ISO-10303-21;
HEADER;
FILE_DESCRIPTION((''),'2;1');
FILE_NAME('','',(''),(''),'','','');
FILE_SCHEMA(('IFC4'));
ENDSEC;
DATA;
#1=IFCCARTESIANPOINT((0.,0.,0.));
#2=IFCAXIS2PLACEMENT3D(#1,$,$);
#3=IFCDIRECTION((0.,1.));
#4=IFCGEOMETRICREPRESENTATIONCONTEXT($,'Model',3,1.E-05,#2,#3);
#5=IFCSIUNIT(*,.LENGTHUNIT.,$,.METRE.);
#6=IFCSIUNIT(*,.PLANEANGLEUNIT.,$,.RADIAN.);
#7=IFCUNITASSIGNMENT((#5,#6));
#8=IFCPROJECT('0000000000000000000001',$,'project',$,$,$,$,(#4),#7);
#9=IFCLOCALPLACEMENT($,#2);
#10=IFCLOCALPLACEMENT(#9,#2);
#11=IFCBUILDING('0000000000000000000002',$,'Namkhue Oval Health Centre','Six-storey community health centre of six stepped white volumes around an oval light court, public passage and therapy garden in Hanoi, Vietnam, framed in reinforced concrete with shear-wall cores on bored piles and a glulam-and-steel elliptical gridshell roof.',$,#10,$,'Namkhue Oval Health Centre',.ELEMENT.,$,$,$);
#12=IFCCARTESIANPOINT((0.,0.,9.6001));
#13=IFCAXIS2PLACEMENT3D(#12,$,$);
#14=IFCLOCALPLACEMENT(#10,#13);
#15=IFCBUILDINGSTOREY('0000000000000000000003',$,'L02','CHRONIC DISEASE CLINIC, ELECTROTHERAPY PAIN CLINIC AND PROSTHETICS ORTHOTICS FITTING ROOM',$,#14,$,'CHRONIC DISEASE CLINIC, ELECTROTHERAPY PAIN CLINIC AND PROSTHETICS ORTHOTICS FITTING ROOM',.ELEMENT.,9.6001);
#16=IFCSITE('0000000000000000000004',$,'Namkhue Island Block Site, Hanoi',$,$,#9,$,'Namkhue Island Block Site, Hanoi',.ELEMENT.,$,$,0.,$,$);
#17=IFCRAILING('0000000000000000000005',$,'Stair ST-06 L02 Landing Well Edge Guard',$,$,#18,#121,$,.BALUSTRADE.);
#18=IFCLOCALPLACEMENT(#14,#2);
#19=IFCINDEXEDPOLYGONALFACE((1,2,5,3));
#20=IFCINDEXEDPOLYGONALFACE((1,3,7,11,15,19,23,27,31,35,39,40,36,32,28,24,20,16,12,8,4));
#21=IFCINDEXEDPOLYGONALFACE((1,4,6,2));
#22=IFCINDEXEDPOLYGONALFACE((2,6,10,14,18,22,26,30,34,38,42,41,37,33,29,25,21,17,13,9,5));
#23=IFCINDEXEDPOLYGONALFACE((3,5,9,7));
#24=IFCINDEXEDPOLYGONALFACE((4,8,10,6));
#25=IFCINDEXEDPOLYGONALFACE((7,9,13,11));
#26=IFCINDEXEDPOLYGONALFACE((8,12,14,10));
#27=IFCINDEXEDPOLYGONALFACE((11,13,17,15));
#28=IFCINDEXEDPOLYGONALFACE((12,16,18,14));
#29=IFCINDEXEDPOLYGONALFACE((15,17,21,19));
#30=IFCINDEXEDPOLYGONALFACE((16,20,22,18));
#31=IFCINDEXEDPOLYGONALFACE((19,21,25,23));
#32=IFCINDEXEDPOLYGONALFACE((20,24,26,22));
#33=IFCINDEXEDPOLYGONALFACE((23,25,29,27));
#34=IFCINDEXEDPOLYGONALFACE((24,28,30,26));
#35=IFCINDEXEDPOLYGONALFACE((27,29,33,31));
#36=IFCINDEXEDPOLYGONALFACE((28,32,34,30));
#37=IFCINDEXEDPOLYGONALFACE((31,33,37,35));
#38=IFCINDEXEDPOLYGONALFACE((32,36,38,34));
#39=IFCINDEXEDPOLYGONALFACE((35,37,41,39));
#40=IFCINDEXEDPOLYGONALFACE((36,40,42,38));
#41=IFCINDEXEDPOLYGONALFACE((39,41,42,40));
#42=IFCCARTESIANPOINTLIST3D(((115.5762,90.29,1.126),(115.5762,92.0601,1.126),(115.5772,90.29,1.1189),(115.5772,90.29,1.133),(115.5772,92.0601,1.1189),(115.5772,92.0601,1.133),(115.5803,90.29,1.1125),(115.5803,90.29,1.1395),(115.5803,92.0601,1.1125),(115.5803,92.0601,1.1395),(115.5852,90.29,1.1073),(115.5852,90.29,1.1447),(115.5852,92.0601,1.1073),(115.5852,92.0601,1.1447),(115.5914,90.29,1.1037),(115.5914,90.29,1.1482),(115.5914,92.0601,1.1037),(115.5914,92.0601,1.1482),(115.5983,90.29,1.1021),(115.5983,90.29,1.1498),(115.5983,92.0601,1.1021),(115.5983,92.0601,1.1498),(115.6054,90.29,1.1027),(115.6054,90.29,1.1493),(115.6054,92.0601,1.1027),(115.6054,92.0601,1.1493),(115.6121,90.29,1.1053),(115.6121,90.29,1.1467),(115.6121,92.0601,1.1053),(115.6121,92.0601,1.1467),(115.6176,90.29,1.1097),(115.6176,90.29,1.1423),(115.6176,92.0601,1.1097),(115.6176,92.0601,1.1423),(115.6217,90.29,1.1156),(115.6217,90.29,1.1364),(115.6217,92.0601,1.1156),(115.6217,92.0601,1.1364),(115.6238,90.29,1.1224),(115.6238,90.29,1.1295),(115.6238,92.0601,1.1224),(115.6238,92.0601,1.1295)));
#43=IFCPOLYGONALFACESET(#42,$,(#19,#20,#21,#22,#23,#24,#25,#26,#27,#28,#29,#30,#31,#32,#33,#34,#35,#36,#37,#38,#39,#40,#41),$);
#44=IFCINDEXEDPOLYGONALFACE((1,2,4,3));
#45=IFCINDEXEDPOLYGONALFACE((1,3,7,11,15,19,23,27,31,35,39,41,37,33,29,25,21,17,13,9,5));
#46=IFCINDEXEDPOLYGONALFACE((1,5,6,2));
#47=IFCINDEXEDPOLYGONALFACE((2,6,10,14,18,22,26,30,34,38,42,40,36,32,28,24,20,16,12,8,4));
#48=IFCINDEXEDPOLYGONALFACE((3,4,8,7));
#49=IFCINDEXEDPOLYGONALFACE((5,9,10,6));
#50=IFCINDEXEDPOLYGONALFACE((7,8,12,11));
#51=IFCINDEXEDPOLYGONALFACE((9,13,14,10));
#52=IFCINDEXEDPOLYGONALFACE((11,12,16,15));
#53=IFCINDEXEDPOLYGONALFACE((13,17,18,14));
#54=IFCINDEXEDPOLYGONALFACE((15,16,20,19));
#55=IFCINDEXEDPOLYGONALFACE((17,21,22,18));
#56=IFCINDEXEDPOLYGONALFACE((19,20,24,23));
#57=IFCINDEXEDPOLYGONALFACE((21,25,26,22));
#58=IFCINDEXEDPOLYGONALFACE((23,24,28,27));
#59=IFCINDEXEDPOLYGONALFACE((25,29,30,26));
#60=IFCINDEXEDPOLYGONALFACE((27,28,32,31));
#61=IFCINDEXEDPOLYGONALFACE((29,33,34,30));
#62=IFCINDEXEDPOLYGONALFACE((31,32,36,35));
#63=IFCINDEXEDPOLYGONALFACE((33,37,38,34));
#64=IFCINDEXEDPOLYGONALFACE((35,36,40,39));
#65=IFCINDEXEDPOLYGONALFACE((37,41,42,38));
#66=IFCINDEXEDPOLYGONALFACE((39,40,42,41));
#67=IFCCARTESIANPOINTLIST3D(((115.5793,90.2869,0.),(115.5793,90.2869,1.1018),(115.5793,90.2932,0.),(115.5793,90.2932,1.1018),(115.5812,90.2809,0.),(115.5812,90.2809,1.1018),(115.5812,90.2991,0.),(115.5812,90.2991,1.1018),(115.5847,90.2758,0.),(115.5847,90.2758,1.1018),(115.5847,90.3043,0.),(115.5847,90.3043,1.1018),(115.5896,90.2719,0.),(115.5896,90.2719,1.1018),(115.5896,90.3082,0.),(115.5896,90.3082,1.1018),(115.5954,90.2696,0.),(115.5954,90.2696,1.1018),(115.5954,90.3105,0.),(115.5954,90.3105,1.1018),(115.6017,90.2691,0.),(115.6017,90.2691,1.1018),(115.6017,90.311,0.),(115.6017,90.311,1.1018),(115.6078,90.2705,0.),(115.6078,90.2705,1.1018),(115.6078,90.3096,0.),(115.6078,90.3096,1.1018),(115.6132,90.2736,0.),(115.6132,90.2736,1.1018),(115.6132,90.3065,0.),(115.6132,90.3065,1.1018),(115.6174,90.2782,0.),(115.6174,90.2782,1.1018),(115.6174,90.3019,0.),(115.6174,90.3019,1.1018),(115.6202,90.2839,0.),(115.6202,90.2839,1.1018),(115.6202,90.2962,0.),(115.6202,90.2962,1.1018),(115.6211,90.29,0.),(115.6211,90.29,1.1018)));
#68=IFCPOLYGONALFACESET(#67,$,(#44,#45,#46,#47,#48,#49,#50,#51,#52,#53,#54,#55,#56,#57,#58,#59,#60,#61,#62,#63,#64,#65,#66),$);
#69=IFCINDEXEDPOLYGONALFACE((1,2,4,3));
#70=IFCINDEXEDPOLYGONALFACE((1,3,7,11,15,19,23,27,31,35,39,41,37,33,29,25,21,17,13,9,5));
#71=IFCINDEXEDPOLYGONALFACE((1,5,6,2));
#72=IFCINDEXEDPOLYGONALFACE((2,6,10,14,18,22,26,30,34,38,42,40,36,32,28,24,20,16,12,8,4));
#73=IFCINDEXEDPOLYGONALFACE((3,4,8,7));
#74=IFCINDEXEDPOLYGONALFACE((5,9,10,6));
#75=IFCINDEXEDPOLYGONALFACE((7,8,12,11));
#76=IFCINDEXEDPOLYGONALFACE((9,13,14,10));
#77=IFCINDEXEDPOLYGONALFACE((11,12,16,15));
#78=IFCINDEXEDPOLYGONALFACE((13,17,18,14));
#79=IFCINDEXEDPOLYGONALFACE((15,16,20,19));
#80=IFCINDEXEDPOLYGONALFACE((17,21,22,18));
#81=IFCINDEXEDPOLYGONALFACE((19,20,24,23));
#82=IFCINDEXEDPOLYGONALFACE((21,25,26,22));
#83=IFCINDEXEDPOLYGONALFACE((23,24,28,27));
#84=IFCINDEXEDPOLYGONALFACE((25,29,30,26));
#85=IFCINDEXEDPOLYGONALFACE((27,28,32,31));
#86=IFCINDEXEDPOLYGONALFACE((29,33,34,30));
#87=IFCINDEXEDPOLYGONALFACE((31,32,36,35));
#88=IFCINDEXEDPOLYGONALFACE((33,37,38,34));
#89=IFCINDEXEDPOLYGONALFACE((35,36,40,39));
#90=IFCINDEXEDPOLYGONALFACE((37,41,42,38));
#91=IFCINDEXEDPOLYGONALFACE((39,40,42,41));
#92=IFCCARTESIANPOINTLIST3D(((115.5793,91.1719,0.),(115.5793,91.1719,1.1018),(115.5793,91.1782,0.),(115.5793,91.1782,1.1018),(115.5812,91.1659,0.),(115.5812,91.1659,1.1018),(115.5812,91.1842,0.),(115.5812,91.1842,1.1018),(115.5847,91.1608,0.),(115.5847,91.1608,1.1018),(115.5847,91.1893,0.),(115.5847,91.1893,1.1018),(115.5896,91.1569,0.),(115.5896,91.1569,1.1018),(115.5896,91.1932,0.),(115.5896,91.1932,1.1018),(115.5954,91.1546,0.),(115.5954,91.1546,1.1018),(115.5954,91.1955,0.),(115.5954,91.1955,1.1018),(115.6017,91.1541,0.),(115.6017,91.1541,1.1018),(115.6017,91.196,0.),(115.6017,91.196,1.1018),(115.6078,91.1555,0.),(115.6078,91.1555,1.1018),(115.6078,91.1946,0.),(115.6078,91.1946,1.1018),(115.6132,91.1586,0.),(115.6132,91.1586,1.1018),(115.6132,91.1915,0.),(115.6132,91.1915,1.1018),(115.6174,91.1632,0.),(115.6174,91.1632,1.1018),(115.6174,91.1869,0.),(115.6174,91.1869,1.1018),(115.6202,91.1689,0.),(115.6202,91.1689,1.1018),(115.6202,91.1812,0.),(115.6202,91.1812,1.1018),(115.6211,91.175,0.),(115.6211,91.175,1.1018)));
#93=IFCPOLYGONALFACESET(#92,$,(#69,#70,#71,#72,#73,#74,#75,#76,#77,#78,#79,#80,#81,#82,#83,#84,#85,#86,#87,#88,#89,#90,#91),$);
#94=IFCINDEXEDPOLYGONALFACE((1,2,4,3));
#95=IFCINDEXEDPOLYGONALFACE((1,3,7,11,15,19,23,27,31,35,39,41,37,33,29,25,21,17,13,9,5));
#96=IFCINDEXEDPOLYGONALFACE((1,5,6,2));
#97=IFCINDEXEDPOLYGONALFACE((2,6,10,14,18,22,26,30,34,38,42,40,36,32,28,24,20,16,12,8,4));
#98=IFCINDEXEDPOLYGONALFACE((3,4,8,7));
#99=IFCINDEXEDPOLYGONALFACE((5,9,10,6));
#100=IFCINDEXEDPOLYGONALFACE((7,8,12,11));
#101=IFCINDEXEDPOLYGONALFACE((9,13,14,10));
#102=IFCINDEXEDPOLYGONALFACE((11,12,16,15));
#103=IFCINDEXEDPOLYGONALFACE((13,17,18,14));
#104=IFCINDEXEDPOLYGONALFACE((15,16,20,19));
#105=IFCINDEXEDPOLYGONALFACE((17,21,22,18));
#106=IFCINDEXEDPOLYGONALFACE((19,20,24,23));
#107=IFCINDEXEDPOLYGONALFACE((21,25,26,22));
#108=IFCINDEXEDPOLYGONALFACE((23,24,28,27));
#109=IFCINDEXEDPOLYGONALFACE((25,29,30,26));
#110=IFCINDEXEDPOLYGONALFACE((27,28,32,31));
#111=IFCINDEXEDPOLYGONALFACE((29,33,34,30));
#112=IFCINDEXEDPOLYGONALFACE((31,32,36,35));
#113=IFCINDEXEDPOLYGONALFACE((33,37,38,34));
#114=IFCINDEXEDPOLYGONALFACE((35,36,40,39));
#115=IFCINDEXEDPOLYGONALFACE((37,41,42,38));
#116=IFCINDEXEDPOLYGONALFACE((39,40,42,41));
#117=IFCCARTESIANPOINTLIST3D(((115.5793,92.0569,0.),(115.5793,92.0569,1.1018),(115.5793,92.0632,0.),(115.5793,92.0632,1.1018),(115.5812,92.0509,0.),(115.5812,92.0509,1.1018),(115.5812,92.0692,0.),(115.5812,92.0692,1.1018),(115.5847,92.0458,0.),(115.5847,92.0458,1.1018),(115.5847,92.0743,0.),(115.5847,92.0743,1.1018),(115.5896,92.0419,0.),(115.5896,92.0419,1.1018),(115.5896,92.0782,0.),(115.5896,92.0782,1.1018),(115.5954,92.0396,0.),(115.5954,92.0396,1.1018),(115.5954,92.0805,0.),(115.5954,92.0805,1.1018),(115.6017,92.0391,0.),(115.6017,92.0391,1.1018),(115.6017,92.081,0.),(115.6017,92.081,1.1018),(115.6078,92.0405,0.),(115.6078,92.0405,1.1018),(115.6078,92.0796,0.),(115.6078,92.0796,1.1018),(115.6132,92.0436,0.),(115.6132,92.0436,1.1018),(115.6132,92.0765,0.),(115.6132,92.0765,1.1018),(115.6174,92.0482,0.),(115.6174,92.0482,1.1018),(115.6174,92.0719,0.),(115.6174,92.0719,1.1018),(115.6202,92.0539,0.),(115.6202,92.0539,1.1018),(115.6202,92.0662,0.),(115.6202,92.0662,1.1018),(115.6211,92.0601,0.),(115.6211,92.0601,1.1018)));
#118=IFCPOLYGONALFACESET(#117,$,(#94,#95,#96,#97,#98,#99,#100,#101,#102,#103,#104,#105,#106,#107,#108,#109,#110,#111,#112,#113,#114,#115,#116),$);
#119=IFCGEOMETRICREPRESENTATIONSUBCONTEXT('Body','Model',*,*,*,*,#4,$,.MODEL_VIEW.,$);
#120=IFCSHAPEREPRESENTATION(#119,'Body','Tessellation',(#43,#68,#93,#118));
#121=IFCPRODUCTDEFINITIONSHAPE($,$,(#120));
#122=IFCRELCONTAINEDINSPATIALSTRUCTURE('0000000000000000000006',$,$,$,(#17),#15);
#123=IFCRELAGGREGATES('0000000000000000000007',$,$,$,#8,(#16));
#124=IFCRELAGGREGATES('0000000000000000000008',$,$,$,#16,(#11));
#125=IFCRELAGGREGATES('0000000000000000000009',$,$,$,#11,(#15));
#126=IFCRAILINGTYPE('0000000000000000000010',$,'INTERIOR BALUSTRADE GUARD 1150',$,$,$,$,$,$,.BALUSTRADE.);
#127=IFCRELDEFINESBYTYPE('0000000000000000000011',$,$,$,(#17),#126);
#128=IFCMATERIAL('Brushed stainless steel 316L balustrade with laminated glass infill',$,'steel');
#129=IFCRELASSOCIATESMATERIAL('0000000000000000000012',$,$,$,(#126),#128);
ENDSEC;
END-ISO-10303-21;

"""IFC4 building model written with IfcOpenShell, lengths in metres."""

from ifc_helpers import new_model, si_unit, direction, frame, origin, origin_2d, place, context, subcontext, project, spatial, circle, extrude, material, type_object, element, save


model = new_model("IFC4")

# Units and contexts
model_context = context("Model", 3, precision=1e-05, world=origin(), true_north=direction((0.0, 1.0)))
body_context = subcontext(model_context, "Body", "Model", "MODEL_VIEW")
ifc_project = project(units=[si_unit("LENGTHUNIT", "METRE"), si_unit("PLANEANGLEUNIT", "RADIAN")], contexts=[model_context])

# Site, building, storey
site_placement = place(None, origin())
site = spatial("IfcSite", under=ifc_project, at=site_placement, Name="Namkhue Island Block Site, Hanoi", LongName="Namkhue Island Block Site, Hanoi", CompositionType="ELEMENT", RefElevation=0.0)
building_placement = place(site_placement, origin())
building = spatial("IfcBuilding", under=site, at=building_placement, Name="Namkhue Oval Health Centre", Description="Six-storey community health centre of six stepped white volumes around an oval light court, public passage and therapy garden in Hanoi, Vietnam, framed in reinforced concrete with shear-wall cores on bored piles and a glulam-and-steel elliptical gridshell roof.", LongName="Namkhue Oval Health Centre", CompositionType="ELEMENT")
storey_placement = place(building_placement, frame((0.0, 0.0, 9.6001)))
storey = spatial("IfcBuildingStorey", under=building, at=storey_placement, Name="L02", Description="CHRONIC DISEASE CLINIC, ELECTROTHERAPY PAIN CLINIC AND PROSTHETICS ORTHOTICS FITTING ROOM", LongName="CHRONIC DISEASE CLINIC, ELECTROTHERAPY PAIN CLINIC AND PROSTHETICS ORTHOTICS FITTING ROOM", CompositionType="ELEMENT", Elevation=9.6001)

# Railing
ifc_material_1 = material(Name="Brushed stainless steel 316L balustrade with laminated glass infill", Category="steel")
railing_type_1 = type_object("IfcRailingType", Name="INTERIOR BALUSTRADE GUARD 1150", PredefinedType="BALUSTRADE", material=ifc_material_1)
railing_1_placement = place(storey_placement, frame((115.6001, 90.29, 0.0)))
element("IfcRailing", 1, at=railing_1_placement, inside=storey, type_object=railing_type_1, Name="Stair ST-06 L02 Landing Well Edge Guard", PredefinedType="BALUSTRADE", context=body_context, shape_type="SweptSolid", body=[
    extrude(circle(Radius=0.0239, at=origin_2d()), frame((0.0, 0.0, 1.126), z_axis=(0.0, 1.0, 0.0), x_axis=(-1.0, 0.0, 0.0)), (0.0, 0.0, 1.0), 1.77),
    extrude(circle(Radius=0.021, at=origin_2d()), origin(), (0.0, 0.0, 1.0), 1.1018),
    extrude(circle(Radius=0.021, at=origin_2d()), frame((0.0, 0.885, 0.0)), (0.0, 0.0, 1.0), 1.1018),
    extrude(circle(Radius=0.021, at=origin_2d()), frame((0.0, 1.77, 0.0)), (0.0, 0.0, 1.0), 1.1018),
])

save(model, "model.ifc")
